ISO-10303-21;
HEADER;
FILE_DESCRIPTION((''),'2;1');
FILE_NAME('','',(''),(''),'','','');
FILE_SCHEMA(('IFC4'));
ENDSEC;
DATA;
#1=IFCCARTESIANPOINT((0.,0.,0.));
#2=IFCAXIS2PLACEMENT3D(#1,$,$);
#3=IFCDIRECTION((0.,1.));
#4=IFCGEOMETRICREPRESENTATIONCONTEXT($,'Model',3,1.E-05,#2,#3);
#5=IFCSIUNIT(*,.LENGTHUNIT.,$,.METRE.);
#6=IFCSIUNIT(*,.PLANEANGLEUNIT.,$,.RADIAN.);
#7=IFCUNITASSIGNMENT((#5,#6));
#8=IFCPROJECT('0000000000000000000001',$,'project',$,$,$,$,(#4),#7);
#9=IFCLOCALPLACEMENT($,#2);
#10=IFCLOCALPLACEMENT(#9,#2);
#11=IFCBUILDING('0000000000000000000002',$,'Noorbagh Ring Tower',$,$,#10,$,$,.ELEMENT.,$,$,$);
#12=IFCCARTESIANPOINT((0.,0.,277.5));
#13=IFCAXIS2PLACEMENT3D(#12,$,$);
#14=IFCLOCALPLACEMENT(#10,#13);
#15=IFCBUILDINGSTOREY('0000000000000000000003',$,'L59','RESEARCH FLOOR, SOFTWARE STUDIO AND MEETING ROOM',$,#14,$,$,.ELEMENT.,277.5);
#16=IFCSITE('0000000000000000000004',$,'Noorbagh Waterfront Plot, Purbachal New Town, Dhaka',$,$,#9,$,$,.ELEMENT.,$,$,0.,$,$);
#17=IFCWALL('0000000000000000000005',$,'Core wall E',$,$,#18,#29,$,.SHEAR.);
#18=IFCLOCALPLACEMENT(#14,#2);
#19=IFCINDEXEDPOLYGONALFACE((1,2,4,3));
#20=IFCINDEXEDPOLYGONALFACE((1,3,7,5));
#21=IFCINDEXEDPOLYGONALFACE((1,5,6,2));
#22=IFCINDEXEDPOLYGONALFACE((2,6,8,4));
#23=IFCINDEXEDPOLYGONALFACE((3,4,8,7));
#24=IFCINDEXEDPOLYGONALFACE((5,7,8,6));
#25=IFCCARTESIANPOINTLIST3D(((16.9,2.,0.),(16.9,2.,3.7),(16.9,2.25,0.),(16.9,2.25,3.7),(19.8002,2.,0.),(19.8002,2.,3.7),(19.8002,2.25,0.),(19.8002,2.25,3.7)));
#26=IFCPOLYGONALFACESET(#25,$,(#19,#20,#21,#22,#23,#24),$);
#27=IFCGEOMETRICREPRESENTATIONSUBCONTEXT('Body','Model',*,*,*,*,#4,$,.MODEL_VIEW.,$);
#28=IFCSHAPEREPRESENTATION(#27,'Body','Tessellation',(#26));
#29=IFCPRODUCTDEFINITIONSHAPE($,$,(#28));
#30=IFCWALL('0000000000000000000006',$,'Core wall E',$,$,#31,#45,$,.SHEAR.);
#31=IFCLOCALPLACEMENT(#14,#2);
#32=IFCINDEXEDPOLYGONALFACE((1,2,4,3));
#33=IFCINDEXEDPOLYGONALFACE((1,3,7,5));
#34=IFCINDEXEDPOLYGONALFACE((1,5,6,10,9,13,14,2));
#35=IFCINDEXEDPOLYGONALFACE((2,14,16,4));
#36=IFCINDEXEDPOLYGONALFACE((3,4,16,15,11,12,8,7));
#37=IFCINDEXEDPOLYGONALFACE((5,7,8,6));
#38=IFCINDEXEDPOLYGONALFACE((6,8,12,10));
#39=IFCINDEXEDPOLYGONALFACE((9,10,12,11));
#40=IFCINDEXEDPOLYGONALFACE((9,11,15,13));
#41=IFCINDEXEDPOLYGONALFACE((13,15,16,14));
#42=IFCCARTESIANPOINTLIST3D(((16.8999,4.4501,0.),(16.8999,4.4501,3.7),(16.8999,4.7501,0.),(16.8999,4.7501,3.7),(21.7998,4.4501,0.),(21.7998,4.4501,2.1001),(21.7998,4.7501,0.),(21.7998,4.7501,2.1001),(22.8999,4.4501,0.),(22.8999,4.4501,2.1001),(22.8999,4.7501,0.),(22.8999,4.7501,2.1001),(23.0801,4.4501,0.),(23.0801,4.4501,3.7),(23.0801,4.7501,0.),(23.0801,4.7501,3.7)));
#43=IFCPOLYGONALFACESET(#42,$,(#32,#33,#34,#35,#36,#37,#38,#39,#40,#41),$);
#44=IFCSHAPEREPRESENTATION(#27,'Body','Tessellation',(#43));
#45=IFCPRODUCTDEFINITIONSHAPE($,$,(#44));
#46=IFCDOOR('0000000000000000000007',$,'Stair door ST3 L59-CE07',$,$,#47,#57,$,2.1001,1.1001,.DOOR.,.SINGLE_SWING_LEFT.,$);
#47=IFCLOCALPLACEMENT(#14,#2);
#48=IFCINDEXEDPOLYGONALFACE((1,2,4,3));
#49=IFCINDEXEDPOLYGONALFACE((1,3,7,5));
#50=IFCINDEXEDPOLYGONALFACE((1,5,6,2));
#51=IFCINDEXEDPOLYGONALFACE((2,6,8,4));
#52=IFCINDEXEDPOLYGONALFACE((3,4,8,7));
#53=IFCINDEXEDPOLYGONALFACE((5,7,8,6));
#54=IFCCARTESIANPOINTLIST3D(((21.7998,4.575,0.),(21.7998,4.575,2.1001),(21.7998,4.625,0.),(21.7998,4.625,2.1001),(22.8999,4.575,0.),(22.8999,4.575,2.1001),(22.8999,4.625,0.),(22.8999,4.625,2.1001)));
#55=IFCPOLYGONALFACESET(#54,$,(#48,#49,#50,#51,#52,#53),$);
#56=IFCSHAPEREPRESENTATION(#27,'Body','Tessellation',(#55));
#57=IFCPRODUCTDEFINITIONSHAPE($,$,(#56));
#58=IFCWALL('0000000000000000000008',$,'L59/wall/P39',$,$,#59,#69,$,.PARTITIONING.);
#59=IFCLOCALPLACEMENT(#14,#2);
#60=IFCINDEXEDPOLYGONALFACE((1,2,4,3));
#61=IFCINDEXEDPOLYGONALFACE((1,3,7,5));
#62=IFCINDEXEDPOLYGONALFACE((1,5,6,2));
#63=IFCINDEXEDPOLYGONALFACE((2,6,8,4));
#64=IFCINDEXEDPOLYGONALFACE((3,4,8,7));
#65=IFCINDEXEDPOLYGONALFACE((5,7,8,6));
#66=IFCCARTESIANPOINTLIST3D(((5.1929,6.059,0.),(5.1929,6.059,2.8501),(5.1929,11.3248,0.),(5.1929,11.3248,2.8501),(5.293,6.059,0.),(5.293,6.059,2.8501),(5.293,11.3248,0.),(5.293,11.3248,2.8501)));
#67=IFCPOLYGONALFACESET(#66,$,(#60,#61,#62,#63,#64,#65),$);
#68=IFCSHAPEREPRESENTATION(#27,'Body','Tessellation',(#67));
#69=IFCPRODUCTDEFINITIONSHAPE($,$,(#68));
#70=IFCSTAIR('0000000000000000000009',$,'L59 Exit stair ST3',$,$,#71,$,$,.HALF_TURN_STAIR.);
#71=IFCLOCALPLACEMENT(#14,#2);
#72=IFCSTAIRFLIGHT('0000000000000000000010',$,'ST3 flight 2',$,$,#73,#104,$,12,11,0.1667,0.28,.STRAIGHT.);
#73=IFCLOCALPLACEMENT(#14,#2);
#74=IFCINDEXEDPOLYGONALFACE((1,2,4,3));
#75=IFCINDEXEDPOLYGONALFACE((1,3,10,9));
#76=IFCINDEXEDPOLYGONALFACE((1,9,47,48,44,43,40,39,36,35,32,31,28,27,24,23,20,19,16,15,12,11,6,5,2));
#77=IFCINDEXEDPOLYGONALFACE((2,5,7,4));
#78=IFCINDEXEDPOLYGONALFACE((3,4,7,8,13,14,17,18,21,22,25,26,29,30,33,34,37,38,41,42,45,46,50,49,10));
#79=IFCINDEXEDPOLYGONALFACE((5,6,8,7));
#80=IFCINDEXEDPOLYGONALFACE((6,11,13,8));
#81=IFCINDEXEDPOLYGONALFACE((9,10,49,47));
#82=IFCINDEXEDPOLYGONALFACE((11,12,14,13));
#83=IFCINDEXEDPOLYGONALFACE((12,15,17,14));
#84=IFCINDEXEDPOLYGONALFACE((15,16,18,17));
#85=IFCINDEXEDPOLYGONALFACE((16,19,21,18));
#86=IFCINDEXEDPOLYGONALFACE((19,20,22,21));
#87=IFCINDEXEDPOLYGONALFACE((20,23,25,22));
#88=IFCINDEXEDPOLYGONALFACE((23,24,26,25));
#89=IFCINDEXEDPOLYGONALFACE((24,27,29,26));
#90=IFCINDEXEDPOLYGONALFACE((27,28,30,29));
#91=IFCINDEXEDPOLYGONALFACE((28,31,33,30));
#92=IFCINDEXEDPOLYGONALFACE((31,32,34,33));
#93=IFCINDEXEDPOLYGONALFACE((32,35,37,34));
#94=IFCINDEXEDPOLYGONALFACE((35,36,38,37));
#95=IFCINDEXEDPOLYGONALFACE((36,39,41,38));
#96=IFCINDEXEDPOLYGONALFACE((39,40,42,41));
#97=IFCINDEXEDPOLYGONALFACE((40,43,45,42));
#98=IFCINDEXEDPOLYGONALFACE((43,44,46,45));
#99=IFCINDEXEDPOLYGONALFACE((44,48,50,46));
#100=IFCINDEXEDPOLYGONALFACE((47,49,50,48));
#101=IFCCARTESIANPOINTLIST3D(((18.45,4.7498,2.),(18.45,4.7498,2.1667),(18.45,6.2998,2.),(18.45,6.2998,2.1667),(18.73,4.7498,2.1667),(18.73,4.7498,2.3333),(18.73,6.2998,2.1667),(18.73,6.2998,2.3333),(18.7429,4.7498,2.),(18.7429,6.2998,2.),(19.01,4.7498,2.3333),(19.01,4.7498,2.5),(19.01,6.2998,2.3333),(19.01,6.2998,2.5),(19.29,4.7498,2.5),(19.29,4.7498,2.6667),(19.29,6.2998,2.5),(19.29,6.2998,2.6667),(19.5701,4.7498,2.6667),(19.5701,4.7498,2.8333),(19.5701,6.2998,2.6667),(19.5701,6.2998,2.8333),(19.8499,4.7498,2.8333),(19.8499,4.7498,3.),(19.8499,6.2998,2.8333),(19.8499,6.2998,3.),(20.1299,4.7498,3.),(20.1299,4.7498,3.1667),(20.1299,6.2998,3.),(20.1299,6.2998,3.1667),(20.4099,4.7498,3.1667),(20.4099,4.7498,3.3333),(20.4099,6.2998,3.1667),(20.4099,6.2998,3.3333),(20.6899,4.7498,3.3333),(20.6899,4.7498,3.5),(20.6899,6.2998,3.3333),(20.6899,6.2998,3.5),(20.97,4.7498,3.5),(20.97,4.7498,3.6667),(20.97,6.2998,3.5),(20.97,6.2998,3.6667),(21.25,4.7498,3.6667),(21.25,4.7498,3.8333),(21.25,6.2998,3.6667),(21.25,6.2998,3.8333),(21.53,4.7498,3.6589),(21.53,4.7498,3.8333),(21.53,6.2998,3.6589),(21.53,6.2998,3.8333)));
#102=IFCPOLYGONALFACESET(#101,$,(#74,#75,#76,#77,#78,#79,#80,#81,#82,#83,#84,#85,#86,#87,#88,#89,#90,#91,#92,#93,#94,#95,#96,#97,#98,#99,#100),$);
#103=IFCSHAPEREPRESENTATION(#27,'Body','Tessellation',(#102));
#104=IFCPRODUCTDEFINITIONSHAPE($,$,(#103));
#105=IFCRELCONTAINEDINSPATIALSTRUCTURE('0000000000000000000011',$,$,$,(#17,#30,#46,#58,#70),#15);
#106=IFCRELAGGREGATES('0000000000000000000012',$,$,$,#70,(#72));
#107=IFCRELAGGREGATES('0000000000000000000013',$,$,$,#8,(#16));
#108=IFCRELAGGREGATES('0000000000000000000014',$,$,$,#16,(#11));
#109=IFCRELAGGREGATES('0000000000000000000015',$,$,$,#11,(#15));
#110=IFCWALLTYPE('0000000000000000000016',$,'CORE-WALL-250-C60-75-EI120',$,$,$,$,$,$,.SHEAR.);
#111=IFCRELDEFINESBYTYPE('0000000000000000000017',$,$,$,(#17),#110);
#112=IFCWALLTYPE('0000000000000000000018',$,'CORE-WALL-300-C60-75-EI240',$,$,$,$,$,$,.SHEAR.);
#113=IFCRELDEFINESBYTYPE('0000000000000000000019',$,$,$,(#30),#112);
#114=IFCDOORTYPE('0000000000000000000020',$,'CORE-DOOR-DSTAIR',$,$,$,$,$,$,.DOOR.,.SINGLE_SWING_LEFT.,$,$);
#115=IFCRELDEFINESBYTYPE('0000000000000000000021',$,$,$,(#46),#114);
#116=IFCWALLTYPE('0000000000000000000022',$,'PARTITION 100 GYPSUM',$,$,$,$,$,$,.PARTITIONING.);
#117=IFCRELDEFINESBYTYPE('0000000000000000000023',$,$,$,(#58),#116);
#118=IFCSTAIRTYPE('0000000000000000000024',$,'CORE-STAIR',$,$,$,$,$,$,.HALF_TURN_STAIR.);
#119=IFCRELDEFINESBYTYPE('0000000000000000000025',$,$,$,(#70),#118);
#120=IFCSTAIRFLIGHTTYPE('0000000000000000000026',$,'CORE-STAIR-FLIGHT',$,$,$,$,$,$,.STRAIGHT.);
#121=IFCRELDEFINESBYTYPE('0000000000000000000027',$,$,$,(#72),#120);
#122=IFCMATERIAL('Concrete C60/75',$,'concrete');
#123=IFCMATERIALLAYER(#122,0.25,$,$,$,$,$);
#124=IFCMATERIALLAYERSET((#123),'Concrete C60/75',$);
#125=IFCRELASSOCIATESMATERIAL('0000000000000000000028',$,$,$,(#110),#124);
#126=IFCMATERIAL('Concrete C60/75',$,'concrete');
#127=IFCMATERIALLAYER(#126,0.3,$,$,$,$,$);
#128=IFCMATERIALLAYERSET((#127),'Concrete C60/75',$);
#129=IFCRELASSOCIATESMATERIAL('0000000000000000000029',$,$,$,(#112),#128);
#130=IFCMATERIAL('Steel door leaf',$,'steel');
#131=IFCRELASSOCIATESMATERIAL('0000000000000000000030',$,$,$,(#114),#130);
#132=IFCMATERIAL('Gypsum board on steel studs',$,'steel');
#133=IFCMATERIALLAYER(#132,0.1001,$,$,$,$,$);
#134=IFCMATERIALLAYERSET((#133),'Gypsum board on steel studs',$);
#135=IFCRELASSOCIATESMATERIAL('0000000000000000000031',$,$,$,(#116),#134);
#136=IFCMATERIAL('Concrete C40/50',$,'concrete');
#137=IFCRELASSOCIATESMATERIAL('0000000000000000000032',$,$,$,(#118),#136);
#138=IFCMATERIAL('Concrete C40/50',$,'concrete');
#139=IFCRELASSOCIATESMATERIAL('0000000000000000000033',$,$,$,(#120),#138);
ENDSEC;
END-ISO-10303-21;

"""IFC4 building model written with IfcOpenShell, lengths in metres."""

from ifc_helpers import new_model, si_unit, direction, frame, frame_2d, origin, place, context, subcontext, project, spatial, polyline, rectangle, outline, extrude, material, layer, layer_set, type_object, element, fill, aggregate, save


model = new_model("IFC4")

# Units and contexts
model_context = context("Model", 3, precision=1e-05, world=origin(), true_north=direction((0.0, 1.0)))
body_context = subcontext(model_context, "Body", "Model", "MODEL_VIEW")
ifc_project = project(units=[si_unit("LENGTHUNIT", "METRE"), si_unit("PLANEANGLEUNIT", "RADIAN")], contexts=[model_context])

# Site, building, storey
site_placement = place(None, origin())
site = spatial("IfcSite", under=ifc_project, at=site_placement, Name="Noorbagh Waterfront Plot, Purbachal New Town, Dhaka", CompositionType="ELEMENT", RefElevation=0.0)
building_placement = place(site_placement, origin())
building = spatial("IfcBuilding", under=site, at=building_placement, Name="Noorbagh Ring Tower", CompositionType="ELEMENT")
storey_placement = place(building_placement, frame((0.0, 0.0, 277.5)))
storey = spatial("IfcBuildingStorey", under=building, at=storey_placement, Name="L59", Description="RESEARCH FLOOR, SOFTWARE STUDIO AND MEETING ROOM", CompositionType="ELEMENT", Elevation=277.5)

# Wall
ifc_material_1 = material(Name="Concrete C60/75", Category="concrete")
ifc_layer_1 = layer(ifc_material_1, 0.25)
ifc_layer_set_1 = layer_set([ifc_layer_1], Name="Concrete C60/75")
wall_type_1 = type_object("IfcWallType", Name="CORE-WALL-250-C60-75-EI120", PredefinedType="SHEAR", material=ifc_layer_set_1)
wall_1_placement = place(storey_placement, frame((16.8999, 2.125, 0.0), z_axis=(0.0, 0.0, 1.0), x_axis=(1.0, 0.0, 0.0)))
element("IfcWall", 1, at=wall_1_placement, inside=storey, type_object=wall_type_1, Name="Core wall E", PredefinedType="SHEAR", context=body_context, shape_type="SweptSolid", body=[
    extrude(rectangle(XDim=2.9001, YDim=0.25, at=frame_2d((1.4502, 0.0))), origin(), (0.0, 0.0, 1.0), 3.7),
])

# Wall, opening, door
ifc_material_2 = material(Name="Concrete C60/75", Category="concrete")
ifc_layer_2 = layer(ifc_material_2, 0.3)
ifc_layer_set_2 = layer_set([ifc_layer_2], Name="Concrete C60/75")
wall_type_2 = type_object("IfcWallType", Name="CORE-WALL-300-C60-75-EI240", PredefinedType="SHEAR", material=ifc_layer_set_2)
wall_2_placement = place(storey_placement, frame((16.8999, 4.6001, 0.0), z_axis=(0.0, 0.0, 1.0), x_axis=(1.0, 0.0, 0.0)))
wall_2 = element("IfcWall", 2, at=wall_2_placement, inside=storey, type_object=wall_type_2, Name="Core wall E", PredefinedType="SHEAR", context=body_context, shape_type="SweptSolid", body=[
    extrude(rectangle(XDim=6.1802, YDim=0.3, at=frame_2d((3.0901, 0.0))), origin(), (0.0, 0.0, 1.0), 3.7),
])
opening_placement = place(wall_2_placement, frame((4.8999, 0.0, 0.0)))
opening = element("IfcOpeningElement", 3, at=opening_placement, cuts=wall_2, PredefinedType="OPENING", context=body_context, shape_type="SweptSolid", body=[
    extrude(rectangle(XDim=1.1001, YDim=2.1001, at=frame_2d((0.55, 1.05))), frame((0.0, 0.1602, 0.0), z_axis=(0.0, -1.0, 0.0), x_axis=(1.0, 0.0, 0.0)), (0.0, 0.0, 1.0), 0.3201),
])
ifc_material_3 = material(Name="Steel door leaf", Category="steel")
door_type = type_object("IfcDoorType", Name="CORE-DOOR-DSTAIR", OperationType="SINGLE_SWING_LEFT", PredefinedType="DOOR", material=ifc_material_3)
door_placement = place(opening_placement, origin())
door = element("IfcDoor", 4, at=door_placement, inside=storey, type_object=door_type, Name="Stair door ST3 L59-CE07", OperationType="SINGLE_SWING_LEFT", OverallHeight=2.1001, OverallWidth=1.1001, PredefinedType="DOOR", context=body_context, shape_type="SweptSolid", body=[
    extrude(rectangle(XDim=1.1001, YDim=2.1001, at=frame_2d((0.55, 1.05))), frame((0.0, 0.0249, 0.0), z_axis=(0.0, -1.0, 0.0), x_axis=(1.0, 0.0, 0.0)), (0.0, 0.0, 1.0), 0.05),
])
fill(opening, door)

# Wall
ifc_material_4 = material(Name="Gypsum board on steel studs", Category="steel")
ifc_layer_3 = layer(ifc_material_4, 0.1001)
ifc_layer_set_3 = layer_set([ifc_layer_3], Name="Gypsum board on steel studs")
wall_type_3 = type_object("IfcWallType", Name="PARTITION 100 GYPSUM", PredefinedType="PARTITIONING", material=ifc_layer_set_3)
wall_3_placement = place(storey_placement, frame((5.2429, 6.0591, 0.0), z_axis=(0.0, 0.0, 1.0), x_axis=(0.0, 1.0, 0.0)))
element("IfcWall", 5, at=wall_3_placement, inside=storey, type_object=wall_type_3, Name="L59/wall/P39", PredefinedType="PARTITIONING", context=body_context, shape_type="SweptSolid", body=[
    extrude(rectangle(XDim=5.2659, YDim=0.1001, at=frame_2d((2.6328, 0.0))), origin(), (0.0, 0.0, 1.0), 2.8501),
])

# Stair, stair flight
ifc_material_5 = material(Name="Concrete C40/50", Category="concrete")
stair_type = type_object("IfcStairType", Name="CORE-STAIR", PredefinedType="HALF_TURN_STAIR", material=ifc_material_5)
stair_placement = place(storey_placement, origin())
stair = element("IfcStair", 6, at=stair_placement, inside=storey, type_object=stair_type, Name="L59 Exit stair ST3", PredefinedType="HALF_TURN_STAIR")
ifc_material_6 = material(Name="Concrete C40/50", Category="concrete")
stair_flight_type = type_object("IfcStairFlightType", Name="CORE-STAIR-FLIGHT", PredefinedType="STRAIGHT", material=ifc_material_6)
stair_flight_placement = place(storey_placement, frame((18.45, 5.5249, 2.0), z_axis=(0.0, 0.0, 1.0), x_axis=(1.0, 0.0, 0.0)))
stair_flight = element("IfcStairFlight", 7, at=stair_flight_placement, type_object=stair_flight_type, Name="ST3 flight 2", NumberOfRisers=12, NumberOfTreads=11, PredefinedType="STRAIGHT", RiserHeight=0.1667, TreadLength=0.28, context=body_context, shape_type="SweptSolid", body=[
    extrude(outline(polyline([(0.0, 0.0), (0.0, 0.1667), (0.28, 0.1667), (0.28, 0.3333), (0.5601, 0.3333), (0.5601, 0.5), (0.8401, 0.5), (0.8401, 0.6667), (1.1201, 0.6667), (1.1201, 0.8333), (1.3999, 0.8333), (1.3999, 1.0), (1.6799, 1.0), (1.6799, 1.1667), (1.96, 1.1667), (1.96, 1.3333), (2.24, 1.3333), (2.24, 1.5), (2.52, 1.5), (2.52, 1.6667), (2.8, 1.6667), (2.8, 1.8333), (3.0801, 1.8333), (3.0801, 2.0), (3.0801, 1.6589), (0.293, 0.0), (0.0, 0.0)])), frame((0.0, 0.7749, 0.0), z_axis=(0.0, -1.0, 0.0), x_axis=(1.0, 0.0, 0.0)), (0.0, 0.0, 1.0), 1.55),
])
aggregate(stair, [stair_flight])

save(model, "model.ifc")
